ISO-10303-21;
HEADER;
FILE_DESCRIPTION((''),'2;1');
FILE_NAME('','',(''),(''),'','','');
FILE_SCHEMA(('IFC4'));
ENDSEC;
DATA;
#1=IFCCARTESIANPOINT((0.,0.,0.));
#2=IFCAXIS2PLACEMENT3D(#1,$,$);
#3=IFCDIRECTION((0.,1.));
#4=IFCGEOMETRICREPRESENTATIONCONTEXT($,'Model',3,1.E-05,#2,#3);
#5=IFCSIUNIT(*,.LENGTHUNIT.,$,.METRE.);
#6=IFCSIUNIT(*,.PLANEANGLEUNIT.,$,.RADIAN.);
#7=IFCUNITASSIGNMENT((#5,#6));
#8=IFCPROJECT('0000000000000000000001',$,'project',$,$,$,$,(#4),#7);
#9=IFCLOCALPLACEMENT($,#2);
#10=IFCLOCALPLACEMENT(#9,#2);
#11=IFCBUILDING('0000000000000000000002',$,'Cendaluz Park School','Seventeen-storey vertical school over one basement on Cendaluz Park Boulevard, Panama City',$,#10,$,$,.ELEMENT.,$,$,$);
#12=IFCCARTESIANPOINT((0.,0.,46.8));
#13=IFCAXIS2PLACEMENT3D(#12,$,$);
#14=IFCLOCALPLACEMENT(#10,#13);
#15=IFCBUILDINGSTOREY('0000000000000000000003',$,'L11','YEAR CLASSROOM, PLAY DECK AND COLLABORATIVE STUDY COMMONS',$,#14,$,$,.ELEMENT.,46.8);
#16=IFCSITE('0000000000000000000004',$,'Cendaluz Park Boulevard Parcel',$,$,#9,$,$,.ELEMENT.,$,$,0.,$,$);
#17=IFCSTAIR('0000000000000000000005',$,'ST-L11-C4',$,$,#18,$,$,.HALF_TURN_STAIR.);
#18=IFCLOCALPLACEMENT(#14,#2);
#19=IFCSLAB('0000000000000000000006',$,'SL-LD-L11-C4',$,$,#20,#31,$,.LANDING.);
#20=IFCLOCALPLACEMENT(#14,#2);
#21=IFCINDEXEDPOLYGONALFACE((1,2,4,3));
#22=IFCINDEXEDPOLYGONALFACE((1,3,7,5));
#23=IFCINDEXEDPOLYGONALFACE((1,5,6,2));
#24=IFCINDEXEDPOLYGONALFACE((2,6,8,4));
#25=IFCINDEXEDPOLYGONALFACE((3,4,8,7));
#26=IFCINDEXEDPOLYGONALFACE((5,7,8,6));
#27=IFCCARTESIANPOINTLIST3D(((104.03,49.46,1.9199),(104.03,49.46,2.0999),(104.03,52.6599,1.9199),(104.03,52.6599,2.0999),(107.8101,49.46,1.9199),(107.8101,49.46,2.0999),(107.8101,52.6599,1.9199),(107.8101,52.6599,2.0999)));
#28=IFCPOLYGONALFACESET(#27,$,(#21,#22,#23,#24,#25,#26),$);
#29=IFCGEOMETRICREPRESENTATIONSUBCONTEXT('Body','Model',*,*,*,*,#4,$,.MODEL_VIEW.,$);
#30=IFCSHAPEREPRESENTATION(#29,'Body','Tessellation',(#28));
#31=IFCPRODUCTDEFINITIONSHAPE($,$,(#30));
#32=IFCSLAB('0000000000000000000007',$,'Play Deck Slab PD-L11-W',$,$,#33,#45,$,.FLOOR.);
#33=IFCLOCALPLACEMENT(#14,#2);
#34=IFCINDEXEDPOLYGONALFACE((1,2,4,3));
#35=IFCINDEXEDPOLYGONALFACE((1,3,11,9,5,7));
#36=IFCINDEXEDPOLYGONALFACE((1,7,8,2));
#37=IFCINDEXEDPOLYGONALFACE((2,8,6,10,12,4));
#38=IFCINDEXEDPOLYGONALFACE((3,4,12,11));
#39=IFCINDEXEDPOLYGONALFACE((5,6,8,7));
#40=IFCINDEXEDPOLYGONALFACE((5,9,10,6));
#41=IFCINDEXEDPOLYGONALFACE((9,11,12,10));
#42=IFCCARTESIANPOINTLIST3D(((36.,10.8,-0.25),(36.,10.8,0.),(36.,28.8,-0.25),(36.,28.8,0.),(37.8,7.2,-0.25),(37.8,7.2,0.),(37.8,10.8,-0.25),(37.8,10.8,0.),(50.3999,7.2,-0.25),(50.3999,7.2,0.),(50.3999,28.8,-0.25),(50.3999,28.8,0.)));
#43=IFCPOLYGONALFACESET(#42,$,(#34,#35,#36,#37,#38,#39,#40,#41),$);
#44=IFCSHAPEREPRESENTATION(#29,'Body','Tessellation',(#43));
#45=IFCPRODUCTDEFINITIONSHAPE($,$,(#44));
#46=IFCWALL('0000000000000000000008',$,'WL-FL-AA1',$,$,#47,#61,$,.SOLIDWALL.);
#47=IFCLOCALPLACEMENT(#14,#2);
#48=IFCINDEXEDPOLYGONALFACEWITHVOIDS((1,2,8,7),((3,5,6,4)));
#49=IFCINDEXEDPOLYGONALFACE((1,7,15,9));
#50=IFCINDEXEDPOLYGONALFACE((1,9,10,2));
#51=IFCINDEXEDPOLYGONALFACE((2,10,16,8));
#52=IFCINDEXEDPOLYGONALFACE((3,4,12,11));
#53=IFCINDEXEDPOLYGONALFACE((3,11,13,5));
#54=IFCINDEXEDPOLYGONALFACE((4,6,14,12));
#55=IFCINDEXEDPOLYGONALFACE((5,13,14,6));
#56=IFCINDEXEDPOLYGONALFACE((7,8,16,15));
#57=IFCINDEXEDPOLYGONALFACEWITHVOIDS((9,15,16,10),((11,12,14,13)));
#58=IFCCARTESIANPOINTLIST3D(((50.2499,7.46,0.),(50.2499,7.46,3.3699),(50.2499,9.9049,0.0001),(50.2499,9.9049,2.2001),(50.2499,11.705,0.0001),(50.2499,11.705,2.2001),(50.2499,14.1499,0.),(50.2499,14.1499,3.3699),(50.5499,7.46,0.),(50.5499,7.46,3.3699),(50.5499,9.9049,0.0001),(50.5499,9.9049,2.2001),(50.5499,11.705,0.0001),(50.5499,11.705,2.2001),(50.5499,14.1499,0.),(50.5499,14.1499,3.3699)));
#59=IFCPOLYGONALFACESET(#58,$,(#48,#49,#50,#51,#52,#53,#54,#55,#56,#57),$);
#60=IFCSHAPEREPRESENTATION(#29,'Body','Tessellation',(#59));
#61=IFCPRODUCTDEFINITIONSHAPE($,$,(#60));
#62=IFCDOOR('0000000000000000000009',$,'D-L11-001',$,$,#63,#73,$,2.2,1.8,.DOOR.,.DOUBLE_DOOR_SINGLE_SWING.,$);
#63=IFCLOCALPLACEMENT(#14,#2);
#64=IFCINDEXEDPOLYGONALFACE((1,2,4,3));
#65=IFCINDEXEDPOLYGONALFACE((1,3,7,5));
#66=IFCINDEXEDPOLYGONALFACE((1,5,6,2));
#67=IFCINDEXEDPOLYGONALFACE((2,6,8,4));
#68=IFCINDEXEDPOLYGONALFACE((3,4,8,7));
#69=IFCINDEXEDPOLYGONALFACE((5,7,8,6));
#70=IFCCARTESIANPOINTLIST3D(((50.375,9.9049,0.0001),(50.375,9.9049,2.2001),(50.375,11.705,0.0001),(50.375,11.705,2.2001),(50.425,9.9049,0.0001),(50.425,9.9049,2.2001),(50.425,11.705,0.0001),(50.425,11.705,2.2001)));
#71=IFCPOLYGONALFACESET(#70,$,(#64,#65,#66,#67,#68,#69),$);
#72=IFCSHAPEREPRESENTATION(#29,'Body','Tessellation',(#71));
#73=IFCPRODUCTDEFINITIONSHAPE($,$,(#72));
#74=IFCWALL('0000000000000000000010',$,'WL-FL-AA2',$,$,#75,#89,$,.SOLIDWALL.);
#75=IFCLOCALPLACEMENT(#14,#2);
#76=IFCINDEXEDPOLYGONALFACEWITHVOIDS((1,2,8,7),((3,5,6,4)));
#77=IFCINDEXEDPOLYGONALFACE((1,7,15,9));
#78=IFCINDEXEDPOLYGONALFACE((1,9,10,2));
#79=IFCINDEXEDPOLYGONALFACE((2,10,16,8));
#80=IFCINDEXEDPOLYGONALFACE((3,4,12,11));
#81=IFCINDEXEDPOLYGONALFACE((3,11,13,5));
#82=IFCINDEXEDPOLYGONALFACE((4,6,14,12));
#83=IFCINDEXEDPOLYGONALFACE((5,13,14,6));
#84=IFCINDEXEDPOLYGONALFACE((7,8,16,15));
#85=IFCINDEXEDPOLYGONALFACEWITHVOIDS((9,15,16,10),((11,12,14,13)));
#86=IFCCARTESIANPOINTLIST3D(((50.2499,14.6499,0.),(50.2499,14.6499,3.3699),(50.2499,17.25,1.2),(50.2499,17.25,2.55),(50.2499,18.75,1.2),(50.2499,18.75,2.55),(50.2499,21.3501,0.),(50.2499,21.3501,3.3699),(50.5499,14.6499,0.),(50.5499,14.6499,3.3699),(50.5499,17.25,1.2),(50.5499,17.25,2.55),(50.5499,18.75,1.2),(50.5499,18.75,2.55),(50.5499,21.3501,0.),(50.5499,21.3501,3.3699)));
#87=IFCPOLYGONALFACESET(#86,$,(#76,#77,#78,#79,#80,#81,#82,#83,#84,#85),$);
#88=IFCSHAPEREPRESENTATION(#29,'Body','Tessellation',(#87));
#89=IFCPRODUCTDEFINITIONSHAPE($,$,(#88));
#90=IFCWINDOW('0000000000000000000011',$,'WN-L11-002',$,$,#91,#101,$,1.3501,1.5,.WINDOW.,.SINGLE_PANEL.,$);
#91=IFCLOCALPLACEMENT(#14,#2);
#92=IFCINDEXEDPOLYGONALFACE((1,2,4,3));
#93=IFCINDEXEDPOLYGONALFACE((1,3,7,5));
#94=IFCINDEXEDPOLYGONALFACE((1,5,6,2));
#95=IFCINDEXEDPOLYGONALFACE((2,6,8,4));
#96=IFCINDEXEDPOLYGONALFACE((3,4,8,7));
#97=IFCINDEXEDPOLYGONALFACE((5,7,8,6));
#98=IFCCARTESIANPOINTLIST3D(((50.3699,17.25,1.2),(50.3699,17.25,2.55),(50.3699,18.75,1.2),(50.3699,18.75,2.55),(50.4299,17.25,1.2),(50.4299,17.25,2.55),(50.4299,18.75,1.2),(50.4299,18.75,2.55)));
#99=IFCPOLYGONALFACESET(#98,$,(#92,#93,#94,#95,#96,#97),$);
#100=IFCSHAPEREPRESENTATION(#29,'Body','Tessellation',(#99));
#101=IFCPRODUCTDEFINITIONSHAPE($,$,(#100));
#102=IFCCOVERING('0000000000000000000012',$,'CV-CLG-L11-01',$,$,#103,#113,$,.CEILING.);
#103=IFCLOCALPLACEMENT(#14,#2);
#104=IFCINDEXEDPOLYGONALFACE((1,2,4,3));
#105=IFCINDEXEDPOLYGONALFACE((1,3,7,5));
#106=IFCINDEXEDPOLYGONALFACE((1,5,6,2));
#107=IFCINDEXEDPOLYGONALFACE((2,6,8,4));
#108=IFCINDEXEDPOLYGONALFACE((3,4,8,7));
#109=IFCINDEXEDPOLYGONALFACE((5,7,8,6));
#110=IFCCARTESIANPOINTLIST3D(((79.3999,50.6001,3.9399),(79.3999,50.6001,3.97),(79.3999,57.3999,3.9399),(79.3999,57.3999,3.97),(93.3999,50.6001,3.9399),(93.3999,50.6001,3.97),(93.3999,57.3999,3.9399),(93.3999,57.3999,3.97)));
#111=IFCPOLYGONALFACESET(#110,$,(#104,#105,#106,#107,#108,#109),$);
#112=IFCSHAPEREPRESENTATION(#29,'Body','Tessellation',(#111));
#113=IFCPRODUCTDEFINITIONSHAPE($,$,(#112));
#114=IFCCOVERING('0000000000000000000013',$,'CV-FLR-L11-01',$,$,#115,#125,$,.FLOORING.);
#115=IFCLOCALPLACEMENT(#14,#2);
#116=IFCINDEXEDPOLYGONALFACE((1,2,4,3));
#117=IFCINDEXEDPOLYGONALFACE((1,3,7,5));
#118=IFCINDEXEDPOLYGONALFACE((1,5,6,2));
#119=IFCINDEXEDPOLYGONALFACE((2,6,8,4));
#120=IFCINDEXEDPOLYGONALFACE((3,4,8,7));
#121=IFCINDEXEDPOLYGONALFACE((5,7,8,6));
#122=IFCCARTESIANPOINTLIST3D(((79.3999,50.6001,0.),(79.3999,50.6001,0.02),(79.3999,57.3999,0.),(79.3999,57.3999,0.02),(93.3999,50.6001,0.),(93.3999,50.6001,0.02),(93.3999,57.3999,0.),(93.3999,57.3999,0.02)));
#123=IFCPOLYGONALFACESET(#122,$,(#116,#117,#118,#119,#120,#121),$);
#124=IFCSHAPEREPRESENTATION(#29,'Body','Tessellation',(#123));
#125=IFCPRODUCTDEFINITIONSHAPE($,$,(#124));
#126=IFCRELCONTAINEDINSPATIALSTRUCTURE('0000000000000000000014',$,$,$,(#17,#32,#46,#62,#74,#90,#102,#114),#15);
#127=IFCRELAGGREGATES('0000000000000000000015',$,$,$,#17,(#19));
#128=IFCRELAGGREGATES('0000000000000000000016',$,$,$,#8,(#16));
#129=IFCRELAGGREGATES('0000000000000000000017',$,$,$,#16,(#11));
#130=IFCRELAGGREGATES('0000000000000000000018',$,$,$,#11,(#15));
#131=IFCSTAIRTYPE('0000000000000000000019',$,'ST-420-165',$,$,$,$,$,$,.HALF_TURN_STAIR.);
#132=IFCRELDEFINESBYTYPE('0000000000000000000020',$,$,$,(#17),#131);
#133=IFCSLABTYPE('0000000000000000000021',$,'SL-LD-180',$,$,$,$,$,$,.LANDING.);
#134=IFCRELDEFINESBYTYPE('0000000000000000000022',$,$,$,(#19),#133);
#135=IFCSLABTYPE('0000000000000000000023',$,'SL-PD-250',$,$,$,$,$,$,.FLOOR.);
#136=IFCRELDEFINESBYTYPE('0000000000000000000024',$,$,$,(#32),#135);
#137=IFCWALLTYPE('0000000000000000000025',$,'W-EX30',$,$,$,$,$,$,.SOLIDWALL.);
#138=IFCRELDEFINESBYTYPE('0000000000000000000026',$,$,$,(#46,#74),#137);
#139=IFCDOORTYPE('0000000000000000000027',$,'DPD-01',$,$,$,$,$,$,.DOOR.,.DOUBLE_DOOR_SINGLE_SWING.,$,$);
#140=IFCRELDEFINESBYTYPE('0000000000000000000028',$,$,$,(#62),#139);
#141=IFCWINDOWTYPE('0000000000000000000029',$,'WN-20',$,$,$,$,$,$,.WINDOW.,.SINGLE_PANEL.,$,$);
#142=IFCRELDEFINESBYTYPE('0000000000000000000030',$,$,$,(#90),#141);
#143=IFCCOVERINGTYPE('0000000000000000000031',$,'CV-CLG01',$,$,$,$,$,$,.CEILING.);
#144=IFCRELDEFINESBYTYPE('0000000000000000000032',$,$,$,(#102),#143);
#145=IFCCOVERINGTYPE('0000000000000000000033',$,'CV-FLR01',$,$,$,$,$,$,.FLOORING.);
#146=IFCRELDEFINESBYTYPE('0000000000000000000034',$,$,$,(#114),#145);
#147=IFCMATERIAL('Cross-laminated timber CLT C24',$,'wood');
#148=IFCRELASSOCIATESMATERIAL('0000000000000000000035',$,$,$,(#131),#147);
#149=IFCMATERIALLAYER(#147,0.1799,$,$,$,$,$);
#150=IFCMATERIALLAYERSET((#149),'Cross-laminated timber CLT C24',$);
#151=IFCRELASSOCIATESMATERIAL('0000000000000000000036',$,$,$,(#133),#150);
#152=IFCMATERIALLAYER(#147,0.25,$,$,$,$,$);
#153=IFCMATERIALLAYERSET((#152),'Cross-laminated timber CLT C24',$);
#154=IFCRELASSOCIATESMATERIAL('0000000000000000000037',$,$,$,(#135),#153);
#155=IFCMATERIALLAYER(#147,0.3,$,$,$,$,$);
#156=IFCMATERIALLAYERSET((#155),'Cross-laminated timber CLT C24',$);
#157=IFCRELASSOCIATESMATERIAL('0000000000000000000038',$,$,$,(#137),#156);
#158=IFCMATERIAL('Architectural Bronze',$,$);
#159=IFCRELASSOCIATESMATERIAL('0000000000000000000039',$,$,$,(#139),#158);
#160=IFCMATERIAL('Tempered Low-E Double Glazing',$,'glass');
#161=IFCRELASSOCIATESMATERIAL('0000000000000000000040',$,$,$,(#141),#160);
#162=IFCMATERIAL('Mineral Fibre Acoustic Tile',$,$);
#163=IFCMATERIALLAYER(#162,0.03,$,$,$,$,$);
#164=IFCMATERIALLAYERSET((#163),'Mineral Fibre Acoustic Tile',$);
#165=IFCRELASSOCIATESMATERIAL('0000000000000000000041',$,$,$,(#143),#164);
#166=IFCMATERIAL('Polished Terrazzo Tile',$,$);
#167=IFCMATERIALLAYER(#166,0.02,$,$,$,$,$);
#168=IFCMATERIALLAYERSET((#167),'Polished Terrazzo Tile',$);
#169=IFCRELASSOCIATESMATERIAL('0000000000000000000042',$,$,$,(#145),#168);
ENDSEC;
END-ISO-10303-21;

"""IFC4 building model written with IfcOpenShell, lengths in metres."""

from ifc_helpers import new_model, si_unit, direction, frame, frame_2d, origin, place, context, subcontext, project, spatial, polyline, rectangle, outline, extrude, material, layer, layer_set, type_object, element, fill, aggregate, save


model = new_model("IFC4")

# Units and contexts
model_context = context("Model", 3, precision=1e-05, world=origin(), true_north=direction((0.0, 1.0)))
body_context = subcontext(model_context, "Body", "Model", "MODEL_VIEW")
ifc_project = project(units=[si_unit("LENGTHUNIT", "METRE"), si_unit("PLANEANGLEUNIT", "RADIAN")], contexts=[model_context])

# Site, building, storey
site_placement = place(None, origin())
site = spatial("IfcSite", under=ifc_project, at=site_placement, Name="Cendaluz Park Boulevard Parcel", CompositionType="ELEMENT", RefElevation=0.0)
building_placement = place(site_placement, origin())
building = spatial("IfcBuilding", under=site, at=building_placement, Name="Cendaluz Park School", Description="Seventeen-storey vertical school over one basement on Cendaluz Park Boulevard, Panama City", CompositionType="ELEMENT")
storey_placement = place(building_placement, frame((0.0, 0.0, 46.8)))
storey = spatial("IfcBuildingStorey", under=building, at=storey_placement, Name="L11", Description="YEAR CLASSROOM, PLAY DECK AND COLLABORATIVE STUDY COMMONS", CompositionType="ELEMENT", Elevation=46.8)

# Stair, slab
ifc_material_1 = material(Name="Cross-laminated timber CLT C24", Category="wood")
stair_type = type_object("IfcStairType", Name="ST-420-165", PredefinedType="HALF_TURN_STAIR", material=ifc_material_1)
ifc_layer_1 = layer(ifc_material_1, 0.1799)
ifc_layer_set_1 = layer_set([ifc_layer_1], Name="Cross-laminated timber CLT C24")
slab_type_1 = type_object("IfcSlabType", Name="SL-LD-180", PredefinedType="LANDING", material=ifc_layer_set_1)
stair_1_placement = place(storey_placement, origin())
stair_1 = element("IfcStair", 1, at=stair_1_placement, inside=storey, type_object=stair_type, Name="ST-L11-C4", PredefinedType="HALF_TURN_STAIR")
slab_1_placement = place(storey_placement, frame((0.0, 0.0, 1.9199)))
slab_1 = element("IfcSlab", 2, at=slab_1_placement, type_object=slab_type_1, Name="SL-LD-L11-C4", PredefinedType="LANDING", context=body_context, shape_type="SweptSolid", body=[
    extrude(outline(polyline([(104.03, 49.46), (107.8101, 49.46), (107.8101, 52.6599), (104.03, 52.6599), (104.03, 49.46)])), origin(), (0.0, 0.0, 1.0), 0.1799),
])
aggregate(stair_1, [slab_1])

# Slab
ifc_layer_2 = layer(ifc_material_1, 0.25)
ifc_layer_set_2 = layer_set([ifc_layer_2], Name="Cross-laminated timber CLT C24")
slab_type_2 = type_object("IfcSlabType", Name="SL-PD-250", PredefinedType="FLOOR", material=ifc_layer_set_2)
slab_2_placement = place(storey_placement, frame((0.0, 0.0, -0.25)))
element("IfcSlab", 3, at=slab_2_placement, inside=storey, type_object=slab_type_2, Name="Play Deck Slab PD-L11-W", PredefinedType="FLOOR", context=body_context, shape_type="SweptSolid", body=[
    extrude(outline(polyline([(36.0, 28.8), (50.3999, 28.8), (50.3999, 7.2), (37.8, 7.2), (37.8, 10.8), (36.0, 10.8), (36.0, 28.8)])), origin(), (0.0, 0.0, 1.0), 0.25),
])

# Wall, opening, door
ifc_layer_3 = layer(ifc_material_1, 0.3)
ifc_layer_set_3 = layer_set([ifc_layer_3], Name="Cross-laminated timber CLT C24")
wall_type = type_object("IfcWallType", Name="W-EX30", PredefinedType="SOLIDWALL", material=ifc_layer_set_3)
wall_1_placement = place(storey_placement, frame((50.3999, 7.46, 0.0), z_axis=(0.0, 0.0, 1.0), x_axis=(0.0, 1.0, 0.0)))
wall_1 = element("IfcWall", 4, at=wall_1_placement, inside=storey, type_object=wall_type, Name="WL-FL-AA1", PredefinedType="SOLIDWALL", context=body_context, shape_type="SweptSolid", body=[
    extrude(rectangle(XDim=6.6899, YDim=0.3, at=frame_2d((3.345, 0.0))), origin(), (0.0, 0.0, 1.0), 3.3699),
])
opening_1_placement = place(wall_1_placement, frame((2.4451, 0.0, 0.0)))
opening_1 = element("IfcOpeningElement", 5, at=opening_1_placement, cuts=wall_1, PredefinedType="OPENING", context=body_context, shape_type="SweptSolid", body=[
    extrude(rectangle(XDim=1.8, YDim=2.2, at=frame_2d((0.8999, 1.1001))), frame((0.0, 0.1621, 0.0), z_axis=(0.0, -1.0, 0.0), x_axis=(1.0, 0.0, 0.0)), (0.0, 0.0, 1.0), 0.324),
])
ifc_material_2 = material(Name="Architectural Bronze")
door_type = type_object("IfcDoorType", Name="DPD-01", OperationType="DOUBLE_DOOR_SINGLE_SWING", PredefinedType="DOOR", material=ifc_material_2)
door_placement = place(opening_1_placement, origin())
door = element("IfcDoor", 6, at=door_placement, inside=storey, type_object=door_type, Name="D-L11-001", OperationType="DOUBLE_DOOR_SINGLE_SWING", OverallHeight=2.2, OverallWidth=1.8, PredefinedType="DOOR", context=body_context, shape_type="SweptSolid", body=[
    extrude(rectangle(XDim=1.8, YDim=2.2, at=frame_2d((0.8999, 1.1001))), frame((0.0, 0.0249, 0.0), z_axis=(0.0, -1.0, 0.0), x_axis=(1.0, 0.0, 0.0)), (0.0, 0.0, 1.0), 0.05),
])
fill(opening_1, door)

# Wall, opening, window
wall_2_placement = place(storey_placement, frame((50.3999, 14.6499, 0.0), z_axis=(0.0, 0.0, 1.0), x_axis=(0.0, 1.0, 0.0)))
wall_2 = element("IfcWall", 7, at=wall_2_placement, inside=storey, type_object=wall_type, Name="WL-FL-AA2", PredefinedType="SOLIDWALL", context=body_context, shape_type="SweptSolid", body=[
    extrude(rectangle(XDim=6.7002, YDim=0.3, at=frame_2d((3.3501, 0.0))), origin(), (0.0, 0.0, 1.0), 3.3699),
])
opening_2_placement = place(wall_2_placement, frame((2.6001, 0.0, 1.2)))
opening_2 = element("IfcOpeningElement", 8, at=opening_2_placement, cuts=wall_2, PredefinedType="OPENING", context=body_context, shape_type="SweptSolid", body=[
    extrude(rectangle(XDim=1.5, YDim=1.3501, at=frame_2d((0.75, 0.675))), frame((0.0, 0.1621, 0.0), z_axis=(0.0, -1.0, 0.0), x_axis=(1.0, 0.0, 0.0)), (0.0, 0.0, 1.0), 0.324),
])
ifc_material_3 = material(Name="Tempered Low-E Double Glazing", Category="glass")
window_type = type_object("IfcWindowType", Name="WN-20", PartitioningType="SINGLE_PANEL", PredefinedType="WINDOW", material=ifc_material_3)
window_placement = place(opening_2_placement, origin())
window = element("IfcWindow", 9, at=window_placement, inside=storey, type_object=window_type, Name="WN-L11-002", OverallHeight=1.3501, OverallWidth=1.5, PartitioningType="SINGLE_PANEL", PredefinedType="WINDOW", context=body_context, shape_type="SweptSolid", body=[
    extrude(rectangle(XDim=1.5, YDim=1.3501, at=frame_2d((0.75, 0.675))), frame((0.0, 0.03, 0.0), z_axis=(0.0, -1.0, 0.0), x_axis=(1.0, 0.0, 0.0)), (0.0, 0.0, 1.0), 0.0601),
])
fill(opening_2, window)

# Coverings
ifc_material_4 = material(Name="Mineral Fibre Acoustic Tile")
ifc_layer_4 = layer(ifc_material_4, 0.03)
ifc_layer_set_4 = layer_set([ifc_layer_4], Name="Mineral Fibre Acoustic Tile")
covering_type_1 = type_object("IfcCoveringType", Name="CV-CLG01", PredefinedType="CEILING", material=ifc_layer_set_4)
covering_1_placement = place(storey_placement, frame((0.0, 0.0, 3.9399)))
element("IfcCovering", 10, at=covering_1_placement, inside=storey, type_object=covering_type_1, Name="CV-CLG-L11-01", PredefinedType="CEILING", context=body_context, shape_type="SweptSolid", body=[
    extrude(outline(polyline([(79.3999, 50.6001), (93.3999, 50.6001), (93.3999, 57.3999), (79.3999, 57.3999), (79.3999, 50.6001)])), origin(), (0.0, 0.0, 1.0), 0.03),
])
ifc_material_5 = material(Name="Polished Terrazzo Tile")
ifc_layer_5 = layer(ifc_material_5, 0.02)
ifc_layer_set_5 = layer_set([ifc_layer_5], Name="Polished Terrazzo Tile")
covering_type_2 = type_object("IfcCoveringType", Name="CV-FLR01", PredefinedType="FLOORING", material=ifc_layer_set_5)
covering_2_placement = place(storey_placement, origin())
element("IfcCovering", 11, at=covering_2_placement, inside=storey, type_object=covering_type_2, Name="CV-FLR-L11-01", PredefinedType="FLOORING", context=body_context, shape_type="SweptSolid", body=[
    extrude(outline(polyline([(79.3999, 50.6001), (93.3999, 50.6001), (93.3999, 57.3999), (79.3999, 57.3999), (79.3999, 50.6001)])), origin(), (0.0, 0.0, 1.0), 0.02),
])

save(model, "model.ifc")
